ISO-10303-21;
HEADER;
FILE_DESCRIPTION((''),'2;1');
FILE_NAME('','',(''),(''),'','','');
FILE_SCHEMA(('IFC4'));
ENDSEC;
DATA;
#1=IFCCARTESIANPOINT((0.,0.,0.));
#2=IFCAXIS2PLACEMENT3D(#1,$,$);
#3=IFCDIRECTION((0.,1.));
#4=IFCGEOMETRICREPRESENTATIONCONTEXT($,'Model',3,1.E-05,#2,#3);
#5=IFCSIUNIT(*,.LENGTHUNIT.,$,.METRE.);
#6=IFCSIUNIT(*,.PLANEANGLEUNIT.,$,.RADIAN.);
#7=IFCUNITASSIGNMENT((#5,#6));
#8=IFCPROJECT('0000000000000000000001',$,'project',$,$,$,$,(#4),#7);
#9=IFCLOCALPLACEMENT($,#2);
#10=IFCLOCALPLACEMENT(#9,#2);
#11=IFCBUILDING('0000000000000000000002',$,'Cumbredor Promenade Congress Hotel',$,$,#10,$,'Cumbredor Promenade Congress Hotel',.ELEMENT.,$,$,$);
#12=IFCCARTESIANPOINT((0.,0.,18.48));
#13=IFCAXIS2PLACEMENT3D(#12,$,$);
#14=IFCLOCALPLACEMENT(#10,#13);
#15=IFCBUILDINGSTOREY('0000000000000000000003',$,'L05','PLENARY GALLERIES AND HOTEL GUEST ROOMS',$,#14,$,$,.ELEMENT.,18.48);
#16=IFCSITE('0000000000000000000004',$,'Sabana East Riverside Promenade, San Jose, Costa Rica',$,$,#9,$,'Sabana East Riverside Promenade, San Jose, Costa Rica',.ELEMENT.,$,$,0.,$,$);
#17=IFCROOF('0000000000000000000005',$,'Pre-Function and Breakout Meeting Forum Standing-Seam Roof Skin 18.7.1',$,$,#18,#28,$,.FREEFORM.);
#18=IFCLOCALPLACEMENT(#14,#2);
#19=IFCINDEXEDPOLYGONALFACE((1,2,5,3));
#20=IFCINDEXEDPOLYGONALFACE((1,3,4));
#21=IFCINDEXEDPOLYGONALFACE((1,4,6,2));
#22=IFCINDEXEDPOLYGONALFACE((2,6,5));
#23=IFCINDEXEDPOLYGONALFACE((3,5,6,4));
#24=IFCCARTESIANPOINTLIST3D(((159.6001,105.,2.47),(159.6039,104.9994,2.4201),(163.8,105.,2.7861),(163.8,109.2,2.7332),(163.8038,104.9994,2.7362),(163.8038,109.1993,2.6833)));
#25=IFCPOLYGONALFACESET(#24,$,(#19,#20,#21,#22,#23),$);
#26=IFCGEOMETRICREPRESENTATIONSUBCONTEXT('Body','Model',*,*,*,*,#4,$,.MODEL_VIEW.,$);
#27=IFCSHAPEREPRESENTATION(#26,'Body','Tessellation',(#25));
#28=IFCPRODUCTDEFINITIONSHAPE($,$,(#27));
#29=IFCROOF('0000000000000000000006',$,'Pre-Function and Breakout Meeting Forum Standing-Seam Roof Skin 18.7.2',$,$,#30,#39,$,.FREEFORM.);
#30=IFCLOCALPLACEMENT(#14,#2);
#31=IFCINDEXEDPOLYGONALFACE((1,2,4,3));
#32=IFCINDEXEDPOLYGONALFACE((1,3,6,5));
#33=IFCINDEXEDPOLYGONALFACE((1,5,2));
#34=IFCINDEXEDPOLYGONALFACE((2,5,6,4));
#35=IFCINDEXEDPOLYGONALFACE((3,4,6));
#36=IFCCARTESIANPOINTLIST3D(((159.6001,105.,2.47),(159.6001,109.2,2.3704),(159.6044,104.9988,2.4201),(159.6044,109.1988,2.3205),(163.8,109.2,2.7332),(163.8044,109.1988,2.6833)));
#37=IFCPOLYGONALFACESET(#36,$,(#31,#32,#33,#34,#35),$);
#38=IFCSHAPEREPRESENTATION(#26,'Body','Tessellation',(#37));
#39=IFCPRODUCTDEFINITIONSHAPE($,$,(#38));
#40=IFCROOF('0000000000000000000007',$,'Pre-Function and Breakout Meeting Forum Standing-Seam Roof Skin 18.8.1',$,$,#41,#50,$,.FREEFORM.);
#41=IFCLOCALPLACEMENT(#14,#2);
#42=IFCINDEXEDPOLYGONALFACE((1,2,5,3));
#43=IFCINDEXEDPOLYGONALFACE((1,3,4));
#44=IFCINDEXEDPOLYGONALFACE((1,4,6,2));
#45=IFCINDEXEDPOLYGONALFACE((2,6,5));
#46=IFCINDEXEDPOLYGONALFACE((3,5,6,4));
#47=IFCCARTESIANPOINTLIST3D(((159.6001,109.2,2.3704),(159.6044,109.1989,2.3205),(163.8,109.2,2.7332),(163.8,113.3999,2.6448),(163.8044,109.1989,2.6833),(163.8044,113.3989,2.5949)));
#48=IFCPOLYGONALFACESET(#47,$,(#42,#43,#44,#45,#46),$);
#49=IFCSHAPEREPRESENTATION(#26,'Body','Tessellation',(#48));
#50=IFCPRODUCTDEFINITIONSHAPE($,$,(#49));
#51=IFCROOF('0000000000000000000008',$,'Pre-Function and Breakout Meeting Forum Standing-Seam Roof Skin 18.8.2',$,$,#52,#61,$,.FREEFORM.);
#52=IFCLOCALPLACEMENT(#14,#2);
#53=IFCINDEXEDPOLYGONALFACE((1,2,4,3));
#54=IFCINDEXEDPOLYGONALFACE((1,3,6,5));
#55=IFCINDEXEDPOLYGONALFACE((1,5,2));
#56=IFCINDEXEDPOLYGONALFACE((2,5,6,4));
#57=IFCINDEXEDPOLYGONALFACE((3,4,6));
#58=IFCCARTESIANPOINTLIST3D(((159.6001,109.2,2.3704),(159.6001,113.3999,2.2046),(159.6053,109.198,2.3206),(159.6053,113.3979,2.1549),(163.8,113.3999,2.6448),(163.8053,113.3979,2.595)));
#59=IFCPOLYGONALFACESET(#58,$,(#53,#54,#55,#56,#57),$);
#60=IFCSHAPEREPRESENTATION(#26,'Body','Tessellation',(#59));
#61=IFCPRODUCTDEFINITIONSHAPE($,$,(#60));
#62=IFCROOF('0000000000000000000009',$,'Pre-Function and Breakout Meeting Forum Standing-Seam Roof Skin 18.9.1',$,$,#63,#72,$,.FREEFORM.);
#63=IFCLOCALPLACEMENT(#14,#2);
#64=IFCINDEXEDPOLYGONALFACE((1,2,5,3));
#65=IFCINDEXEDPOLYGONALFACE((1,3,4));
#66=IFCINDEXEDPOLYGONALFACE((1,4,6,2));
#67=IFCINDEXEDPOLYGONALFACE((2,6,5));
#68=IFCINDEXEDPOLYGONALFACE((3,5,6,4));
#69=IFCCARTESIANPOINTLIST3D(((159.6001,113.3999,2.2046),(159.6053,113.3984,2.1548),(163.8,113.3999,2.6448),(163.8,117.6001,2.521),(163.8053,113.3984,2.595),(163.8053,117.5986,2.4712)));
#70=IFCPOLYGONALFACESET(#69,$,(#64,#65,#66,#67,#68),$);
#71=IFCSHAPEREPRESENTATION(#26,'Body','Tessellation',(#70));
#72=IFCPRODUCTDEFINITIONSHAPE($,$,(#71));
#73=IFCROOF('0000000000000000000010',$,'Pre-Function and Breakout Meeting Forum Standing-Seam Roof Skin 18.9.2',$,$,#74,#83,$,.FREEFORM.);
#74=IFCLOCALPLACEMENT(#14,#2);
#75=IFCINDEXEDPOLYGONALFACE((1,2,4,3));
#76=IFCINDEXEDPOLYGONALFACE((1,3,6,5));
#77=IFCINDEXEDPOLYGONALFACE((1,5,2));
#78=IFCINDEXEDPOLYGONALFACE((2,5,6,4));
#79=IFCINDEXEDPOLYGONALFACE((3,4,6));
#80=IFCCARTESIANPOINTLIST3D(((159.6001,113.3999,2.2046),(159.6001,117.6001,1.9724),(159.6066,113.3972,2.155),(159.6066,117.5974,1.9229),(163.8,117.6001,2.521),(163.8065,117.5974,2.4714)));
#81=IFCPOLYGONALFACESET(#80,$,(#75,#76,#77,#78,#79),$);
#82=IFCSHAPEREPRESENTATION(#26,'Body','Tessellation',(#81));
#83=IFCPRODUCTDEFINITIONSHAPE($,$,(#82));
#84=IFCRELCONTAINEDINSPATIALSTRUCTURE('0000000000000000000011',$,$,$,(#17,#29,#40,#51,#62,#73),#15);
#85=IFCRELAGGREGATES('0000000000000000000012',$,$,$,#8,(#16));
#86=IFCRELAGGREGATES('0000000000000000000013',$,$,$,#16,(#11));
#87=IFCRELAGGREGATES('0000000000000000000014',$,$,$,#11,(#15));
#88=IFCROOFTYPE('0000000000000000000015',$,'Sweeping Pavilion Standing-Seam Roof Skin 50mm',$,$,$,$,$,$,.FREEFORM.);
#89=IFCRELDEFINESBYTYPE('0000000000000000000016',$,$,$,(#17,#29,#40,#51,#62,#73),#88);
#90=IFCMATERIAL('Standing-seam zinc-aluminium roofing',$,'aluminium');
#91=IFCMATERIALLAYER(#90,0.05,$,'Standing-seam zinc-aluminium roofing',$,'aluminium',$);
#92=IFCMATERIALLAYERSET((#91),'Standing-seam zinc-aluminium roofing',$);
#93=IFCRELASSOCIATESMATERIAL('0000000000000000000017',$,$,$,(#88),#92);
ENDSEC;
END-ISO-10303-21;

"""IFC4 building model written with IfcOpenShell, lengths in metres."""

from ifc_helpers import new_model, si_unit, direction, frame, origin, place, context, subcontext, project, spatial, polyline, outline, extrude, material, layer, layer_set, type_object, element, save


model = new_model("IFC4")

# Units and contexts
model_context = context("Model", 3, precision=1e-05, world=origin(), true_north=direction((0.0, 1.0)))
body_context = subcontext(model_context, "Body", "Model", "MODEL_VIEW")
ifc_project = project(units=[si_unit("LENGTHUNIT", "METRE"), si_unit("PLANEANGLEUNIT", "RADIAN")], contexts=[model_context])

# Site, building, storey
site_placement = place(None, origin())
site = spatial("IfcSite", under=ifc_project, at=site_placement, Name="Sabana East Riverside Promenade, San Jose, Costa Rica", LongName="Sabana East Riverside Promenade, San Jose, Costa Rica", CompositionType="ELEMENT", RefElevation=0.0)
building_placement = place(site_placement, origin())
building = spatial("IfcBuilding", under=site, at=building_placement, Name="Cumbredor Promenade Congress Hotel", LongName="Cumbredor Promenade Congress Hotel", CompositionType="ELEMENT")
storey_placement = place(building_placement, frame((0.0, 0.0, 18.48)))
storey = spatial("IfcBuildingStorey", under=building, at=storey_placement, Name="L05", Description="PLENARY GALLERIES AND HOTEL GUEST ROOMS", CompositionType="ELEMENT", Elevation=18.48)

# Roofs
ifc_material_1 = material(Name="Standing-seam zinc-aluminium roofing", Category="aluminium")
ifc_layer_1 = layer(ifc_material_1, 0.05, Name="Standing-seam zinc-aluminium roofing", Category="aluminium")
ifc_layer_set_1 = layer_set([ifc_layer_1], Name="Standing-seam zinc-aluminium roofing")
roof_type = type_object("IfcRoofType", Name="Sweeping Pavilion Standing-Seam Roof Skin 50mm", PredefinedType="FREEFORM", material=ifc_layer_set_1)
roof_1_placement = place(storey_placement, frame((159.6001, 105.0, 2.47), z_axis=(-0.075059, 0.012577, 0.9971), x_axis=(0.997179, 0.0, 0.075065)))
element("IfcRoof", 1, at=roof_1_placement, inside=storey, type_object=roof_type, Name="Pre-Function and Breakout Meeting Forum Standing-Seam Roof Skin 18.7.1", PredefinedType="FREEFORM", context=body_context, shape_type="SweptSolid", body=[
    extrude(outline(polyline([(0.0, 0.0), (4.2118, 0.0), (4.2079, 4.2003), (0.0, 0.0)])), origin(), (0.0, 0.0, -1.0), 0.05),
])
roof_2_placement = place(storey_placement, frame((159.6001, 105.0, 2.47), z_axis=(-0.086036, 0.023622, 0.996012), x_axis=(0.706414, 0.706414, 0.044266)))
element("IfcRoof", 2, at=roof_2_placement, inside=storey, type_object=roof_type, Name="Pre-Function and Breakout Meeting Forum Standing-Seam Roof Skin 18.7.2", PredefinedType="FREEFORM", context=body_context, shape_type="SweptSolid", body=[
    extrude(outline(polyline([(0.0, 0.0), (5.9455, 0.0), (2.9625, 2.9788), (0.0, 0.0)])), origin(), (0.0, 0.0, -1.0), 0.05),
])
roof_3_placement = place(storey_placement, frame((159.6001, 109.2, 2.3704), z_axis=(-0.086041, 0.02096, 0.996071), x_axis=(0.99629, 0.0, 0.08606)))
element("IfcRoof", 3, at=roof_3_placement, inside=storey, type_object=roof_type, Name="Pre-Function and Breakout Meeting Forum Standing-Seam Roof Skin 18.8.1", PredefinedType="FREEFORM", context=body_context, shape_type="SweptSolid", body=[
    extrude(outline(polyline([(0.0, 0.0), (4.2156, 0.0), (4.208, 4.2009), (0.0, 0.0)])), origin(), (0.0, 0.0, -1.0), 0.05),
])
roof_4_placement = place(storey_placement, frame((159.6001, 109.2, 2.3704), z_axis=(-0.104156, 0.039225, 0.993787), x_axis=(0.706353, 0.706353, 0.046151)))
element("IfcRoof", 4, at=roof_4_placement, inside=storey, type_object=roof_type, Name="Pre-Function and Breakout Meeting Forum Standing-Seam Roof Skin 18.8.2", PredefinedType="FREEFORM", context=body_context, shape_type="SweptSolid", body=[
    extrude(outline(polyline([(0.0, 0.0), (5.946, 0.0), (2.959, 2.9852), (0.0, 0.0)])), origin(), (0.0, 0.0, -1.0), 0.05),
])
roof_5_placement = place(storey_placement, frame((159.6001, 113.3999, 2.2046), z_axis=(-0.104192, 0.029297, 0.994126), x_axis=(0.994553, 0.0, 0.104236)))
element("IfcRoof", 5, at=roof_5_placement, inside=storey, type_object=roof_type, Name="Pre-Function and Breakout Meeting Forum Standing-Seam Roof Skin 18.9.1", PredefinedType="FREEFORM", context=body_context, shape_type="SweptSolid", body=[
    extrude(outline(polyline([(0.0, 0.0), (4.223, 0.0), (4.2101, 4.202), (0.0, 0.0)])), origin(), (0.0, 0.0, -1.0), 0.05),
])
roof_6_placement = place(storey_placement, frame((159.6001, 113.3999, 2.2046), z_axis=(-0.129322, 0.05473, 0.990091), x_axis=(0.706085, 0.706126, 0.053193)))
element("IfcRoof", 6, at=roof_6_placement, inside=storey, type_object=roof_type, Name="Pre-Function and Breakout Meeting Forum Standing-Seam Roof Skin 18.9.2", PredefinedType="FREEFORM", context=body_context, shape_type="SweptSolid", body=[
    extrude(outline(polyline([(0.0, 0.0), (5.9482, 0.0), (2.9535, 2.9954), (0.0, 0.0)])), origin(), (0.0, 0.0, -1.0), 0.05),
])

save(model, "model.ifc")
